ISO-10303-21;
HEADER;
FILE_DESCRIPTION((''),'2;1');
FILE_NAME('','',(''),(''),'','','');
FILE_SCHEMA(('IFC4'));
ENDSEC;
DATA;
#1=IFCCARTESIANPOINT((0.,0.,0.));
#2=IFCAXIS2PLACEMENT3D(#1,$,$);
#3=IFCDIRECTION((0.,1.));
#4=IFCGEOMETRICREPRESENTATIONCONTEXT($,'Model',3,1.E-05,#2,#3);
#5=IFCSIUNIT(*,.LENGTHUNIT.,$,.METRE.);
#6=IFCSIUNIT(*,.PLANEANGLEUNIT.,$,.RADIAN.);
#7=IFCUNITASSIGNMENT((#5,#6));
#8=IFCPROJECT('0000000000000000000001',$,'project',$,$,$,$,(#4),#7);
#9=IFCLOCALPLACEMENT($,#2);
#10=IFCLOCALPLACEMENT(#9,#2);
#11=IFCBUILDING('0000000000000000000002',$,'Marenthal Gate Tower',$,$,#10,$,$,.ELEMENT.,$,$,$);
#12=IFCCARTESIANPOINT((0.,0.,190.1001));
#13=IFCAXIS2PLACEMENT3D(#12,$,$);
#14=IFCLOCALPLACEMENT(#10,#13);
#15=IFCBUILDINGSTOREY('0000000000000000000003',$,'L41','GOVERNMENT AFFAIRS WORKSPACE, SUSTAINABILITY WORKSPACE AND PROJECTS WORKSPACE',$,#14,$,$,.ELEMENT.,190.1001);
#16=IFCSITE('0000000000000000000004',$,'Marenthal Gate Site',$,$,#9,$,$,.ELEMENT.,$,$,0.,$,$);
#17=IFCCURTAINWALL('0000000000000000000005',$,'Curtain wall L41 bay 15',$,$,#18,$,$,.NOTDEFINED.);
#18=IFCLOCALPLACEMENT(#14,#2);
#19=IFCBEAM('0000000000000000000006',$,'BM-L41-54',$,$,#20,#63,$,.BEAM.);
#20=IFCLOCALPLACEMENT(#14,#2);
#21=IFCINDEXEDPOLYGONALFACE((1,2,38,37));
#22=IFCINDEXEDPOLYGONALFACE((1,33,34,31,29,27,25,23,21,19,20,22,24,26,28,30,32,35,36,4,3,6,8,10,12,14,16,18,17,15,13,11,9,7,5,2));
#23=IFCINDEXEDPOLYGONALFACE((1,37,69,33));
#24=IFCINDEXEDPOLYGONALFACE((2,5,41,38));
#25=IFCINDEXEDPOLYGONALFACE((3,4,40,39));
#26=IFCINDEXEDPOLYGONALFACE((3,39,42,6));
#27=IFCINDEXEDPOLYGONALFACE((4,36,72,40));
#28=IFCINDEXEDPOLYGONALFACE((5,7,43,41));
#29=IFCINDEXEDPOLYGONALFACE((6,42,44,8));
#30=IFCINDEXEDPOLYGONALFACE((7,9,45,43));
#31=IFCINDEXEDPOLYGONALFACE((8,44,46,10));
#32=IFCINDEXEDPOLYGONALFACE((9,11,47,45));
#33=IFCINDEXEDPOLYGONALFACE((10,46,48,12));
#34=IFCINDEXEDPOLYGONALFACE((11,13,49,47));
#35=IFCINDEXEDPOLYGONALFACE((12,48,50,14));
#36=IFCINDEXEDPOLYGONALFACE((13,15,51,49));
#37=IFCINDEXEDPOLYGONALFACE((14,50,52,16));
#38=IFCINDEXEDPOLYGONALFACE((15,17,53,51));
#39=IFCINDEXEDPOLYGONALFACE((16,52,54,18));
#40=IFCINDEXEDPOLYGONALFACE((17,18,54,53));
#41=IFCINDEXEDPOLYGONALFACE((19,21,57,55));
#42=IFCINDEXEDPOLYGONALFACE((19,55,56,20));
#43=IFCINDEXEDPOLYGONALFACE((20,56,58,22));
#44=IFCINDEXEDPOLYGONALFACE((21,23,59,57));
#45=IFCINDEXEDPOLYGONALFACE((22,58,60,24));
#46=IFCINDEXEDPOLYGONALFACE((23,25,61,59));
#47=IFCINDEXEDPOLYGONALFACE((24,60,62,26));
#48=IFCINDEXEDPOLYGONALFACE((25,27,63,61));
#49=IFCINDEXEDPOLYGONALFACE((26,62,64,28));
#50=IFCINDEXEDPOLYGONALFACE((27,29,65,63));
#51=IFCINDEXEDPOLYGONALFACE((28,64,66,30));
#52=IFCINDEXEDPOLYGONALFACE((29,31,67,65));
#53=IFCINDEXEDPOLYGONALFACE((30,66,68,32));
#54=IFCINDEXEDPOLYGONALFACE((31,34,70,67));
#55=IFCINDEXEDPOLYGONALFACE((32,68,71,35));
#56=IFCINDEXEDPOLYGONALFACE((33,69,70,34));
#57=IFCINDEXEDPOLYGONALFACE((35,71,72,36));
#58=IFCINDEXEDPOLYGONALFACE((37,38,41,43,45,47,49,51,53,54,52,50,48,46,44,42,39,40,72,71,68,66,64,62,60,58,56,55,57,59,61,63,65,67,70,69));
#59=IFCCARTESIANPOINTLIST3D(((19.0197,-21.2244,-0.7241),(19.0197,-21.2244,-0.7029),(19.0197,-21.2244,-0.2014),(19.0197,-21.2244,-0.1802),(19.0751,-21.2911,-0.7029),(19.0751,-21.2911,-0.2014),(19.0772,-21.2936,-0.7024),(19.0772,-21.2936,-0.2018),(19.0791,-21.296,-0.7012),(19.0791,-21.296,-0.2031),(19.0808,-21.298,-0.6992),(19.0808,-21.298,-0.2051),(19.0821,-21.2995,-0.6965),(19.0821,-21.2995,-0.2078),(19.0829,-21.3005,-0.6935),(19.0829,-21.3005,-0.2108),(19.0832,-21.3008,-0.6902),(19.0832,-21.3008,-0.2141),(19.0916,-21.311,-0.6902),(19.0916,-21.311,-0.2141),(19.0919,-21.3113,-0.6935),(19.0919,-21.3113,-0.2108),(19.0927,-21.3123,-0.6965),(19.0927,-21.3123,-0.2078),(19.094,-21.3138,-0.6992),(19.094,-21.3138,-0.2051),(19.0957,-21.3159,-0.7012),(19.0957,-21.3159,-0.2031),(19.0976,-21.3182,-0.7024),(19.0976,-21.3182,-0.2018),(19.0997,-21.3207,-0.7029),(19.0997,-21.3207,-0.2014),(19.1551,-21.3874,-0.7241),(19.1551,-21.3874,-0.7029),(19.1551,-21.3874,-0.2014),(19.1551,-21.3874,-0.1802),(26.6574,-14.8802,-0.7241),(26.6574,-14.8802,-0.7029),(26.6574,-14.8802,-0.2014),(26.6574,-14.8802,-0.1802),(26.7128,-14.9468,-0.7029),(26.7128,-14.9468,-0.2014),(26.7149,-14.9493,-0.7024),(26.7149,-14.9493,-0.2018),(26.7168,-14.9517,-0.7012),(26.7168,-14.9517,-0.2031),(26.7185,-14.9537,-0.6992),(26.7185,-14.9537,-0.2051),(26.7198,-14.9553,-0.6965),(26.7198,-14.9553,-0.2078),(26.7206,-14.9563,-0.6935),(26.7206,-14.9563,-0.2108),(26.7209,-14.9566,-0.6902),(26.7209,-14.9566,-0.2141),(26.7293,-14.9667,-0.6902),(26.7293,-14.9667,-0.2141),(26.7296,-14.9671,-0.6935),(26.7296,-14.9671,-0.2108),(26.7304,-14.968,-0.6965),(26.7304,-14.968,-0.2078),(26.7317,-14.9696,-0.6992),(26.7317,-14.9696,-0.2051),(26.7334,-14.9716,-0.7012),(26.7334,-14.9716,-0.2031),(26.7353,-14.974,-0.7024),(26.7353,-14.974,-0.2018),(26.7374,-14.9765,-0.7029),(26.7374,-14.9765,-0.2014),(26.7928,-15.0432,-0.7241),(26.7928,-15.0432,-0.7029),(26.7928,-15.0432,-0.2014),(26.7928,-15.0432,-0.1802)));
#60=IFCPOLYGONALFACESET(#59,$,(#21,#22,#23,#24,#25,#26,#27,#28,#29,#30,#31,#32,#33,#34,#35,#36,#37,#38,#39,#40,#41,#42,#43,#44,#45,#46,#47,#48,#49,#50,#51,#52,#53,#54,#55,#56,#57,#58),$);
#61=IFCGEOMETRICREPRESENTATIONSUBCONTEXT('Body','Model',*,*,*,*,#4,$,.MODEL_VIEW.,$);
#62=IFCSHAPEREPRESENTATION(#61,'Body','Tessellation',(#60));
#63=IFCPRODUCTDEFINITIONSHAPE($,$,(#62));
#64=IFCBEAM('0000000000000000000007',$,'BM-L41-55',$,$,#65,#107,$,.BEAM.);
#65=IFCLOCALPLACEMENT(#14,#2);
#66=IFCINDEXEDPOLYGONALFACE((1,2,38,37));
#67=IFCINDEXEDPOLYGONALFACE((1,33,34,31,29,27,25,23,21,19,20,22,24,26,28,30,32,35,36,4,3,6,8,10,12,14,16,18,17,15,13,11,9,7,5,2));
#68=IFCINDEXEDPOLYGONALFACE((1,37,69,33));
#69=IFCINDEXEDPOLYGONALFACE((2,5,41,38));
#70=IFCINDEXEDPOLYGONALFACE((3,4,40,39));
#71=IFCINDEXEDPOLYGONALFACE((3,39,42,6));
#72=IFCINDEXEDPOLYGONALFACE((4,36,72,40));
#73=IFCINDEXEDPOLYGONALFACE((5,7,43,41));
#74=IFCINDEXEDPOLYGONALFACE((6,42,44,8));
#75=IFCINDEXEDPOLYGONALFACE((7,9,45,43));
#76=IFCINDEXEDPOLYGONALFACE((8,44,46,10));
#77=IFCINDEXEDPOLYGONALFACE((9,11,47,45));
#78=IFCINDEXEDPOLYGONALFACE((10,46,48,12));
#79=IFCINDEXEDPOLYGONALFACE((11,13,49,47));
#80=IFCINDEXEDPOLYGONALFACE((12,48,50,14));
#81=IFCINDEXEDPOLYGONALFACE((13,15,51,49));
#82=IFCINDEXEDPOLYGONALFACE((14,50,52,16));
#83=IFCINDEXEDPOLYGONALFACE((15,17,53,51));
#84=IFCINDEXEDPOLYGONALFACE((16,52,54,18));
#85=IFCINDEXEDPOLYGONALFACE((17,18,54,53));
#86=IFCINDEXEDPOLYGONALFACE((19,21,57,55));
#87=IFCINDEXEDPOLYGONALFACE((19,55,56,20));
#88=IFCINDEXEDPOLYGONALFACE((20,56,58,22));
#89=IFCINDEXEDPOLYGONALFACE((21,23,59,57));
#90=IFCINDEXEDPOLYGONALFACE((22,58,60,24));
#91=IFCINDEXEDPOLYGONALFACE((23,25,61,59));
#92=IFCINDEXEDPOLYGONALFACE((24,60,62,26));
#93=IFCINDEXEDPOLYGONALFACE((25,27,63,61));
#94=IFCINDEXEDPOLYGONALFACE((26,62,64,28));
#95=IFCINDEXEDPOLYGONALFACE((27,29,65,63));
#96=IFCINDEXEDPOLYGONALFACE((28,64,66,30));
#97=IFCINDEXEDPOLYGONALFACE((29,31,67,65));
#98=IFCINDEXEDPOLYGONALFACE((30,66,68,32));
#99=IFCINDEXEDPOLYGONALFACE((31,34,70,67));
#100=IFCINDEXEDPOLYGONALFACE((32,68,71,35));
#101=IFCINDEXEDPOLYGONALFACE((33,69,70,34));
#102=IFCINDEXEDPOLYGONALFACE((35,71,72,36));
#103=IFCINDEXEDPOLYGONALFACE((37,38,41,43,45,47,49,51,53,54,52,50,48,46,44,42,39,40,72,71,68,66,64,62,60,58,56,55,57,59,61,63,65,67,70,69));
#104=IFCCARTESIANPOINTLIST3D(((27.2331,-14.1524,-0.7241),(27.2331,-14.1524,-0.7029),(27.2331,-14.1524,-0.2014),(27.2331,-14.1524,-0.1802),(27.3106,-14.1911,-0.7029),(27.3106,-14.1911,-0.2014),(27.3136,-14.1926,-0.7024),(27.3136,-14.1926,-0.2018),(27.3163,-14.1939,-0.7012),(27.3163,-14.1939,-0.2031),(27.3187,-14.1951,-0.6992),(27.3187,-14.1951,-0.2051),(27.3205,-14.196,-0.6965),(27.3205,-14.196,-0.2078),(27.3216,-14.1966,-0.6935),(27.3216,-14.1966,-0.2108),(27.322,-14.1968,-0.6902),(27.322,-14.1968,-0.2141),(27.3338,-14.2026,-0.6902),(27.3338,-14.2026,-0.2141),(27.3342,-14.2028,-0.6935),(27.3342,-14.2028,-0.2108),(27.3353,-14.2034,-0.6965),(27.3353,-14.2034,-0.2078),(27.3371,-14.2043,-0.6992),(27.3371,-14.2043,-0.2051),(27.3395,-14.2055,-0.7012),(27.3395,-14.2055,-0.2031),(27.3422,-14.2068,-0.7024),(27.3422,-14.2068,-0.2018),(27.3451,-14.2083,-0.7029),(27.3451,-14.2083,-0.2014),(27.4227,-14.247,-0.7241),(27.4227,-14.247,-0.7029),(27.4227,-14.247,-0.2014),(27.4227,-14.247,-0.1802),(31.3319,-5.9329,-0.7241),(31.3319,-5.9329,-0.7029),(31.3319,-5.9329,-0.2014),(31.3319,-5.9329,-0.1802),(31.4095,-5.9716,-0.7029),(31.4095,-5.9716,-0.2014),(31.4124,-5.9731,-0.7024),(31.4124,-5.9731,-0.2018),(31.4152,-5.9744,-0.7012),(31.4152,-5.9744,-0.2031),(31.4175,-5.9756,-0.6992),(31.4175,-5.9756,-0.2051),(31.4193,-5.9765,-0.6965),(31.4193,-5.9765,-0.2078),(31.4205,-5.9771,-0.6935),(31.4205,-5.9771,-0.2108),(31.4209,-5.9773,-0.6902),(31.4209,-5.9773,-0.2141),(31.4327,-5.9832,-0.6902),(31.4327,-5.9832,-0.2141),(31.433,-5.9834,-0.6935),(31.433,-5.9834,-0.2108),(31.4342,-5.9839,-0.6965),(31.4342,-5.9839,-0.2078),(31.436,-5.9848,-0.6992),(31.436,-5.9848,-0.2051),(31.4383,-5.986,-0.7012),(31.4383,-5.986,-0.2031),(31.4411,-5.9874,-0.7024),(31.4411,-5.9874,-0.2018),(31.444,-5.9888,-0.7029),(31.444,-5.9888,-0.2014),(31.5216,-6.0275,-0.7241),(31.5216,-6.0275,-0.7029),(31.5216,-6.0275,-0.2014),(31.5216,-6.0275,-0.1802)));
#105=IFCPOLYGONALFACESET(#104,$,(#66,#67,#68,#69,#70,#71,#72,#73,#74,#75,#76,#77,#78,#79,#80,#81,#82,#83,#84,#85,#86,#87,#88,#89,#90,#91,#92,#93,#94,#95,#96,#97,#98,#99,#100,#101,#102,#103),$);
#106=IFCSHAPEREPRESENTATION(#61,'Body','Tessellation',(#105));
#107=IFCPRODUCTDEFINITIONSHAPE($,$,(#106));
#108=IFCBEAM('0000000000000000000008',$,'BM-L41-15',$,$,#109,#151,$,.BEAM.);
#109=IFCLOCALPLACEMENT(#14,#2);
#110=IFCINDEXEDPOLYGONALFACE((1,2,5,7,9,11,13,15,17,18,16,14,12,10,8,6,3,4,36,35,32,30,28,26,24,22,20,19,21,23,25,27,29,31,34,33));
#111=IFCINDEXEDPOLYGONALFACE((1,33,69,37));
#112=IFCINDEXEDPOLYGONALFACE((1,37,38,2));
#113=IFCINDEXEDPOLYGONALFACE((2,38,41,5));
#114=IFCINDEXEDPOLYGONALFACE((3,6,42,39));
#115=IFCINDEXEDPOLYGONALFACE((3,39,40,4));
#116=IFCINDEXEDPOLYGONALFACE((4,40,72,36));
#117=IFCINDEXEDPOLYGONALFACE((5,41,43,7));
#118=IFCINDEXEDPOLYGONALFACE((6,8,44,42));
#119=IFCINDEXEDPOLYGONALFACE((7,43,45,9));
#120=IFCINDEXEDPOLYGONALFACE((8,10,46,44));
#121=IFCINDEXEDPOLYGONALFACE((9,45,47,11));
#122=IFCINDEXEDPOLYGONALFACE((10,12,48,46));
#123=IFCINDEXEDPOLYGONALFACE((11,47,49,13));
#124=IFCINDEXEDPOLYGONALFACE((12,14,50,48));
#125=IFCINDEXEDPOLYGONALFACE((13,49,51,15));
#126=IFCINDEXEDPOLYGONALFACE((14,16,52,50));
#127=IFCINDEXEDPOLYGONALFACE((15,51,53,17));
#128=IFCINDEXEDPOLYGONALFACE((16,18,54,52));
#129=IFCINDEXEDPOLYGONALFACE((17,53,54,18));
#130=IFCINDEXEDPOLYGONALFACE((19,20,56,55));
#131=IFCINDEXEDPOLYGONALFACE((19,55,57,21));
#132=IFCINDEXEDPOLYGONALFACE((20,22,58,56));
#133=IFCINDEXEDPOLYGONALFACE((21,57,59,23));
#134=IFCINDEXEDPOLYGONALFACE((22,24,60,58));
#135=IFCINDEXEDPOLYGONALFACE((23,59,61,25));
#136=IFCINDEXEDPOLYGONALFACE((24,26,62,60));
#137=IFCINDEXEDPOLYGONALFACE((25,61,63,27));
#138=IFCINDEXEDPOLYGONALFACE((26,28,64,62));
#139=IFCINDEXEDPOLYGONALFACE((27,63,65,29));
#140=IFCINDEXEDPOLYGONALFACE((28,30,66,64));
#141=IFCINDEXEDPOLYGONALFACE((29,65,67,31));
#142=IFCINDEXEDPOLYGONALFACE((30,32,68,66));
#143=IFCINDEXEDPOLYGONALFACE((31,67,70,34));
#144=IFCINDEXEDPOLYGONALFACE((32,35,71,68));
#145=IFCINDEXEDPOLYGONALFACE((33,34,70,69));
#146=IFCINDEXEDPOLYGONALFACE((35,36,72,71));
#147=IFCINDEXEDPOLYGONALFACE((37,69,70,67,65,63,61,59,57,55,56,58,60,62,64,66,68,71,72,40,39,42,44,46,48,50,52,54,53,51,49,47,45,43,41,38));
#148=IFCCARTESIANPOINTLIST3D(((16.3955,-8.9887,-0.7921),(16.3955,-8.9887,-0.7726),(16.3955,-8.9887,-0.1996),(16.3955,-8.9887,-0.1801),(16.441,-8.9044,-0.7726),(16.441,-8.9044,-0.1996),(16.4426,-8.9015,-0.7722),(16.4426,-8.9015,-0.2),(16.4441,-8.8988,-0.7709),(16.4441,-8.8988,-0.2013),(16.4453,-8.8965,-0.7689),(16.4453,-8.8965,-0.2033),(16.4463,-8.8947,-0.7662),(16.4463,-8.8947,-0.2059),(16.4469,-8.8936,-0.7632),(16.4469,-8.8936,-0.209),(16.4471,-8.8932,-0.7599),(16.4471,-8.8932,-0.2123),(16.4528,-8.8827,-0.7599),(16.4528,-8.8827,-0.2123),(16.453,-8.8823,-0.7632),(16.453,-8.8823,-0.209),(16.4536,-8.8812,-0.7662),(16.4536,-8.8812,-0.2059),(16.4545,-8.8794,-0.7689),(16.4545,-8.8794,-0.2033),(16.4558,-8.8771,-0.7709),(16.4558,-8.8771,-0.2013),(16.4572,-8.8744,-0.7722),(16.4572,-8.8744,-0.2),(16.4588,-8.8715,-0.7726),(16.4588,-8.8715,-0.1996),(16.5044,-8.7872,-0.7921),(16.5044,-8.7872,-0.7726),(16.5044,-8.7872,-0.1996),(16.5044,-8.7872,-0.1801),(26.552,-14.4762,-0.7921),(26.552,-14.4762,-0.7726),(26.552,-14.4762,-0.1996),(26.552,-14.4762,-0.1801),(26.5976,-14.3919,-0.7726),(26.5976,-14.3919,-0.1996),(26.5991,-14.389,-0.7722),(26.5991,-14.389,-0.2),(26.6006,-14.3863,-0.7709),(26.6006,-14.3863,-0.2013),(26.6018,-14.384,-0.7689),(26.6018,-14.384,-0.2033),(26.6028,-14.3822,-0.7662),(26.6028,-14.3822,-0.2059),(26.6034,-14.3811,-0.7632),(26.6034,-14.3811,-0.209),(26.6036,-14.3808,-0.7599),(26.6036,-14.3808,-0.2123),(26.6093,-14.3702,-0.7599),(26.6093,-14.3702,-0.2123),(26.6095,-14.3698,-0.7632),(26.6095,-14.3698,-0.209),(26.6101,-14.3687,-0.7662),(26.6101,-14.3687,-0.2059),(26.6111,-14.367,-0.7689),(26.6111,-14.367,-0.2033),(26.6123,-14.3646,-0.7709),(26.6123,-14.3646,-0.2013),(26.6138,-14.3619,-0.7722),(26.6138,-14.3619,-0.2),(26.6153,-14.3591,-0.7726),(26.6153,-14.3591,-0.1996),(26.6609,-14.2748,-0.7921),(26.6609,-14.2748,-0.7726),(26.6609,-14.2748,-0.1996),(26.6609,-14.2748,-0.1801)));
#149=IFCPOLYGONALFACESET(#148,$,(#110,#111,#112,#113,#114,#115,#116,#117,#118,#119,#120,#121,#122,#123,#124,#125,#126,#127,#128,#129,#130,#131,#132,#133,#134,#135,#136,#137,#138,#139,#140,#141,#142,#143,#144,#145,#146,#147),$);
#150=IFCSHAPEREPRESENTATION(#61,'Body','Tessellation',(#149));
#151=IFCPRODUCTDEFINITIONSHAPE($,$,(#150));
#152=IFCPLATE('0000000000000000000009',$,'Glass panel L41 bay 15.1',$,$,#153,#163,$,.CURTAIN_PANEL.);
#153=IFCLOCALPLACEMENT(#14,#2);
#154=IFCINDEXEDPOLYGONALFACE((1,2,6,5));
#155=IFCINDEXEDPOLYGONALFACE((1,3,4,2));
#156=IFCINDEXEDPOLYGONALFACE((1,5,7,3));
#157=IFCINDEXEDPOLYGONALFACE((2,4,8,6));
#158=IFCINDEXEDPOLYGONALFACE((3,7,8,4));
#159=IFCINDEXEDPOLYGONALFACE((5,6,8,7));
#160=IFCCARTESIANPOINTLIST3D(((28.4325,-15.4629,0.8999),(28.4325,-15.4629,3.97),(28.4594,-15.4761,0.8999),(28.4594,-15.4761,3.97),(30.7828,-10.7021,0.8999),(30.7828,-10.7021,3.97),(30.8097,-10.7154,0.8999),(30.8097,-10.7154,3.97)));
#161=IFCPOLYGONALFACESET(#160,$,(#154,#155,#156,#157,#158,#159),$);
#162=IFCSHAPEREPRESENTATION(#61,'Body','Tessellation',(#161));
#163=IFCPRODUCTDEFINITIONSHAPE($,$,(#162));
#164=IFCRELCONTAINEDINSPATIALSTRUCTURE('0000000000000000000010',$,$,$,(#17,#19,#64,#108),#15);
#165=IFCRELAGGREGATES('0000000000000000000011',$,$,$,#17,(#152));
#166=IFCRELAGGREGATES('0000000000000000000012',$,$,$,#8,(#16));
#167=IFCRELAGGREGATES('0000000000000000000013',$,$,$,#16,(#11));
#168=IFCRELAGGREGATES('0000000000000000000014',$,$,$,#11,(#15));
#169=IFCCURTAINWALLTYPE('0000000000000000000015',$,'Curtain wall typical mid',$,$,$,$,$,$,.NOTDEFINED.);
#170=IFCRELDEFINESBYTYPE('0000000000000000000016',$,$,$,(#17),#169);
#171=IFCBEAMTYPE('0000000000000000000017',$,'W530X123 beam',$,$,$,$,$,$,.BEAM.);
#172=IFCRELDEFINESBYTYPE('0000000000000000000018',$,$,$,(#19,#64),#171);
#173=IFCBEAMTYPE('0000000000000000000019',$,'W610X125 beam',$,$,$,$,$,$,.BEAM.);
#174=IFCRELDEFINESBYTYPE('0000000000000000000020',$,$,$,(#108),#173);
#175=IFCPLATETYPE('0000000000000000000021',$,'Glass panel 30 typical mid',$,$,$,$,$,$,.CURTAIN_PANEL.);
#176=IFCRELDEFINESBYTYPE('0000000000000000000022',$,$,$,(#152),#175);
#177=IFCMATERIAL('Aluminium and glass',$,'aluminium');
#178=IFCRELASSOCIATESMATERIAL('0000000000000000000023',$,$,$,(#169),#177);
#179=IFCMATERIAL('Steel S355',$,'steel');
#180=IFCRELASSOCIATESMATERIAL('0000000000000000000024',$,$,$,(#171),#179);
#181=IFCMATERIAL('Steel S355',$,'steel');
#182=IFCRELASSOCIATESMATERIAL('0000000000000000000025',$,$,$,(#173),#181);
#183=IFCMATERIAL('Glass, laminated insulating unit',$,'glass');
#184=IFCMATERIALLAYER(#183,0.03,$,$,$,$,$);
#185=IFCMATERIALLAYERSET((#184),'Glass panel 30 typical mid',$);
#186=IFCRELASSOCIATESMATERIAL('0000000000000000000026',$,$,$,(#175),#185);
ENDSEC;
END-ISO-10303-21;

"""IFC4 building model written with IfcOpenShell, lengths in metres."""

from ifc_helpers import new_model, si_unit, direction, frame, origin, origin_2d, place, context, subcontext, project, spatial, rectangle, i_section, extrude, material, layer, layer_set, material_profile, profile_set, type_object, element, aggregate, save


model = new_model("IFC4")

# Units and contexts
model_context = context("Model", 3, precision=1e-05, world=origin(), true_north=direction((0.0, 1.0)))
body_context = subcontext(model_context, "Body", "Model", "MODEL_VIEW")
ifc_project = project(units=[si_unit("LENGTHUNIT", "METRE"), si_unit("PLANEANGLEUNIT", "RADIAN")], contexts=[model_context])

# Site, building, storey
site_placement = place(None, origin())
site = spatial("IfcSite", under=ifc_project, at=site_placement, Name="Marenthal Gate Site", CompositionType="ELEMENT", RefElevation=0.0)
building_placement = place(site_placement, origin())
building = spatial("IfcBuilding", under=site, at=building_placement, Name="Marenthal Gate Tower", CompositionType="ELEMENT")
storey_placement = place(building_placement, frame((0.0, 0.0, 190.1001)))
storey = spatial("IfcBuildingStorey", under=building, at=storey_placement, Name="L41", Description="GOVERNMENT AFFAIRS WORKSPACE, SUSTAINABILITY WORKSPACE AND PROJECTS WORKSPACE", CompositionType="ELEMENT", Elevation=190.1001)

# Shared definitions
ifc_material_1 = material(Name="Aluminium and glass", Category="aluminium")
curtain_wall_type = type_object("IfcCurtainWallType", Name="Curtain wall typical mid", PredefinedType="NOTDEFINED", material=ifc_material_1)

# Curtain wall
curtain_wall_1_placement = place(storey_placement, origin())
curtain_wall_1 = element("IfcCurtainWall", 1, at=curtain_wall_1_placement, inside=storey, type_object=curtain_wall_type, Name="Curtain wall L41 bay 15", PredefinedType="NOTDEFINED")

# Beams
ifc_material_2 = material(Name="Steel S355", Category="steel")
ifc_material_profile_1 = material_profile(ifc_material_2, i_section(OverallWidth=0.2119, OverallDepth=0.5439, WebThickness=0.0132, FlangeThickness=0.0212, FilletRadius=0.0127, at=origin_2d()), Name="W530X123")
ifc_profile_set_1 = profile_set([ifc_material_profile_1], Name="Steel S355")
beam_type_1 = type_object("IfcBeamType", Name="W530X123 beam", PredefinedType="BEAM", material=ifc_profile_set_1)
beam_1_placement = place(storey_placement, frame((19.0874, -21.3059, -0.4521), z_axis=(0.769236, 0.638965, 0.0), x_axis=(-0.638965, 0.769236, 0.0)))
element("IfcBeam", 2, at=beam_1_placement, inside=storey, type_object=beam_type_1, Name="BM-L41-54", PredefinedType="BEAM", context=body_context, shape_type="SweptSolid", body=[
    extrude(i_section(OverallWidth=0.2119, OverallDepth=0.5439, WebThickness=0.0132, FlangeThickness=0.0212, FilletRadius=0.0127, at=origin_2d()), origin(), (0.0, 0.0, 1.0), 9.929),
])
beam_2_placement = place(storey_placement, frame((27.3279, -14.1997, -0.4521), z_axis=(0.446267, 0.8949, 0.0), x_axis=(-0.8949, 0.446267, 0.0)))
element("IfcBeam", 3, at=beam_2_placement, inside=storey, type_object=beam_type_1, Name="BM-L41-55", PredefinedType="BEAM", context=body_context, shape_type="SweptSolid", body=[
    extrude(i_section(OverallWidth=0.2119, OverallDepth=0.5439, WebThickness=0.0132, FlangeThickness=0.0212, FilletRadius=0.0127, at=origin_2d()), origin(), (0.0, 0.0, 1.0), 9.1848),
])
ifc_material_3 = material(Name="Steel S355", Category="steel")
ifc_material_profile_2 = material_profile(ifc_material_3, i_section(OverallWidth=0.229, OverallDepth=0.6121, WebThickness=0.012, FlangeThickness=0.0195, FilletRadius=0.0127, at=origin_2d()), Name="W610X125")
ifc_profile_set_2 = profile_set([ifc_material_profile_2], Name="Steel S355")
beam_type_2 = type_object("IfcBeamType", Name="W610X125 beam", PredefinedType="BEAM", material=ifc_profile_set_2)
beam_3_placement = place(storey_placement, frame((26.6064, -14.3755, -0.4861), z_axis=(-0.879795, 0.475353, 0.0), x_axis=(-0.475353, -0.879795, 0.0)))
element("IfcBeam", 4, at=beam_3_placement, inside=storey, type_object=beam_type_2, Name="BM-L41-15", PredefinedType="BEAM", context=body_context, shape_type="SweptSolid", body=[
    extrude(i_section(OverallWidth=0.229, OverallDepth=0.6121, WebThickness=0.012, FlangeThickness=0.0195, FilletRadius=0.0127, at=origin_2d()), origin(), (0.0, 0.0, 1.0), 11.5442),
])

# Plate
ifc_material_4 = material(Name="Glass, laminated insulating unit", Category="glass")
ifc_layer_1 = layer(ifc_material_4, 0.03)
ifc_layer_set_1 = layer_set([ifc_layer_1], Name="Glass panel 30 typical mid")
plate_type = type_object("IfcPlateType", Name="Glass panel 30 typical mid", PredefinedType="CURTAIN_PANEL", material=ifc_layer_set_1)
plate_placement = place(storey_placement, frame((29.6211, -13.0891, 0.8999), z_axis=(0.0, 0.0, 1.0), x_axis=(0.442678, 0.896681, 0.0)))
plate = element("IfcPlate", 5, at=plate_placement, type_object=plate_type, Name="Glass panel L41 bay 15.1", PredefinedType="CURTAIN_PANEL", context=body_context, shape_type="SweptSolid", body=[
    extrude(rectangle(XDim=5.3093, YDim=0.03, at=origin_2d()), origin(), (0.0, 0.0, 1.0), 3.0701),
])
aggregate(curtain_wall_1, [plate])

save(model, "model.ifc")
